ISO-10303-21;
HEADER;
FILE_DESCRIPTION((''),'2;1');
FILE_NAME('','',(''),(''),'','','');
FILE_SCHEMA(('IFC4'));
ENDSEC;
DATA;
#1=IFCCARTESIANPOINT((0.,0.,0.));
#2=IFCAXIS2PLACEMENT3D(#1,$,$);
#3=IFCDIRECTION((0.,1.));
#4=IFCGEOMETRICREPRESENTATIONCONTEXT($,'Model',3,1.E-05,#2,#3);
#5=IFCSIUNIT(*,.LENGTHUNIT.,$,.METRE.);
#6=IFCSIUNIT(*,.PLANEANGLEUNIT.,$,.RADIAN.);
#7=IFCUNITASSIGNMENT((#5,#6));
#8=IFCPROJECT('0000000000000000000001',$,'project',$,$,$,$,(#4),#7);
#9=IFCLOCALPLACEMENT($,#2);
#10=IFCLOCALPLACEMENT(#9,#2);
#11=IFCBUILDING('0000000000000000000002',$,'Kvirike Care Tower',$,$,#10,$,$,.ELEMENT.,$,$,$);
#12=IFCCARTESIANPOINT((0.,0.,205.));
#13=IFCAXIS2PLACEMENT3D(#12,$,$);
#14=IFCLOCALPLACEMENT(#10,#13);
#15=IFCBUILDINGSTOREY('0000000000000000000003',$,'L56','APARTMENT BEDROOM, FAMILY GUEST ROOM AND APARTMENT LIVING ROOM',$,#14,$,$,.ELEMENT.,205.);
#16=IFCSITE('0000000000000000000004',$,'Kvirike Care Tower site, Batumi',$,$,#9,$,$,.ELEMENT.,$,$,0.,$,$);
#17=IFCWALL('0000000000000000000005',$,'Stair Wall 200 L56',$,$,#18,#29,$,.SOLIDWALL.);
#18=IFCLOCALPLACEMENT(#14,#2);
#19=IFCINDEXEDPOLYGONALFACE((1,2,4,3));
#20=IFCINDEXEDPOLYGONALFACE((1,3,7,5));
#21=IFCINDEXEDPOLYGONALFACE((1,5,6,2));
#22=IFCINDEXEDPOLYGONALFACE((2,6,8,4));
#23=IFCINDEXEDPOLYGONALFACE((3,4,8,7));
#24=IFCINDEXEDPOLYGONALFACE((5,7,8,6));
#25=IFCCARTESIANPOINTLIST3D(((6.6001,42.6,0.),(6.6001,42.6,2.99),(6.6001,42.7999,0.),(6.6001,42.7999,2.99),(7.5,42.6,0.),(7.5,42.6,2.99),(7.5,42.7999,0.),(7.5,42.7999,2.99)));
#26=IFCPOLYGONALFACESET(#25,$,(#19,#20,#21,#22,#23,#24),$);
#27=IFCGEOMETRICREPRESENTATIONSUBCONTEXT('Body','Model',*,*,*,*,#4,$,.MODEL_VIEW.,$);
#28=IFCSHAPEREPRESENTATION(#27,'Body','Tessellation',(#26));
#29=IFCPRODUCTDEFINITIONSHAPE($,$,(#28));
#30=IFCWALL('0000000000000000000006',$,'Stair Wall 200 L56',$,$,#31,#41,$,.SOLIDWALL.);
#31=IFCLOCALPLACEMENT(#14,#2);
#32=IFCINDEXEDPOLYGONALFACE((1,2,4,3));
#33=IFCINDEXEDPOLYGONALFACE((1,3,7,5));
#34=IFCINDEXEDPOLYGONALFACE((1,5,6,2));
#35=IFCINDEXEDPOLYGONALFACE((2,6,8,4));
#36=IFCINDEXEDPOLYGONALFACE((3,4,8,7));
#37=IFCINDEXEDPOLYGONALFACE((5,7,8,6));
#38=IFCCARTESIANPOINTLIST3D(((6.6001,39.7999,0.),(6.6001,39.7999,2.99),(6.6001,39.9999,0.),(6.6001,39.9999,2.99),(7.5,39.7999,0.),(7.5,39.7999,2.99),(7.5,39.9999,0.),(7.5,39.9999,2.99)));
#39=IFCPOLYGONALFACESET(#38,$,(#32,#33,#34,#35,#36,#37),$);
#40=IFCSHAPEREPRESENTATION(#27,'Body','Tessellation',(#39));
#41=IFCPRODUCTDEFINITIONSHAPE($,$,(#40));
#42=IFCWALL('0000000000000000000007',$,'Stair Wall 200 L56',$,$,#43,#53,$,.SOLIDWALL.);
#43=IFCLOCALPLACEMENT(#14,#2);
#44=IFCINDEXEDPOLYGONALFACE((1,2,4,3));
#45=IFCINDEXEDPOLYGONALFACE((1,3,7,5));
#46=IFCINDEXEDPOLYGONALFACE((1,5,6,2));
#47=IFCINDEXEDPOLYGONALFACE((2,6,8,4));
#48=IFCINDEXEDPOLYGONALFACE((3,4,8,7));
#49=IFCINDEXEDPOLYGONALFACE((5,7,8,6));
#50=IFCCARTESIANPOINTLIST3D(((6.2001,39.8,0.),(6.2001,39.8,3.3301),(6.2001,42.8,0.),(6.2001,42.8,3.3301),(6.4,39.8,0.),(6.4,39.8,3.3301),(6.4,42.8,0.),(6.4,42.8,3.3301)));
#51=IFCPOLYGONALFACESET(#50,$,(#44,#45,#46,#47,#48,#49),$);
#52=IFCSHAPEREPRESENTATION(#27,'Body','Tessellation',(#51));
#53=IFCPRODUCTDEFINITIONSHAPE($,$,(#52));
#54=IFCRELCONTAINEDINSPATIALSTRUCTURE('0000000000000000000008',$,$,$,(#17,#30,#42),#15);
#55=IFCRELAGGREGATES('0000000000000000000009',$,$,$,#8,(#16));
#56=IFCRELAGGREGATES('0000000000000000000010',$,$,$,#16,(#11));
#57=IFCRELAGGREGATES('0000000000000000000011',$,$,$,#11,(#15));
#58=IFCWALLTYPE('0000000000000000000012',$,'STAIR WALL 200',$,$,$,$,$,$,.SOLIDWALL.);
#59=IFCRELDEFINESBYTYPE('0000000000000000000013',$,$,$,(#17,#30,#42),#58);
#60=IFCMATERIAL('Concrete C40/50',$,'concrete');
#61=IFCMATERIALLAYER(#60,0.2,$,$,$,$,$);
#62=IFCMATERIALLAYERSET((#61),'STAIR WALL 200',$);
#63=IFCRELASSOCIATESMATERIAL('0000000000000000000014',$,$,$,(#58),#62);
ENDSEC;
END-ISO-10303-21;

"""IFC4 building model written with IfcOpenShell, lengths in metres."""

from ifc_helpers import new_model, si_unit, direction, frame, frame_2d, origin, place, context, subcontext, project, spatial, rectangle, extrude, material, layer, layer_set, type_object, element, save


model = new_model("IFC4")

# Units and contexts
model_context = context("Model", 3, precision=1e-05, world=origin(), true_north=direction((0.0, 1.0)))
body_context = subcontext(model_context, "Body", "Model", "MODEL_VIEW")
ifc_project = project(units=[si_unit("LENGTHUNIT", "METRE"), si_unit("PLANEANGLEUNIT", "RADIAN")], contexts=[model_context])

# Site, building, storey
site_placement = place(None, origin())
site = spatial("IfcSite", under=ifc_project, at=site_placement, Name="Kvirike Care Tower site, Batumi", CompositionType="ELEMENT", RefElevation=0.0)
building_placement = place(site_placement, origin())
building = spatial("IfcBuilding", under=site, at=building_placement, Name="Kvirike Care Tower", CompositionType="ELEMENT")
storey_placement = place(building_placement, frame((0.0, 0.0, 205.0)))
storey = spatial("IfcBuildingStorey", under=building, at=storey_placement, Name="L56", Description="APARTMENT BEDROOM, FAMILY GUEST ROOM AND APARTMENT LIVING ROOM", CompositionType="ELEMENT", Elevation=205.0)

# Walls
ifc_material_1 = material(Name="Concrete C40/50", Category="concrete")
ifc_layer_1 = layer(ifc_material_1, 0.2)
ifc_layer_set_1 = layer_set([ifc_layer_1], Name="STAIR WALL 200")
wall_type = type_object("IfcWallType", Name="STAIR WALL 200", PredefinedType="SOLIDWALL", material=ifc_layer_set_1)
for number, where, z_axis, x_axis, name in (
    (1, (6.6001, 42.7, 0.0), (0.0, 0.0, 1.0), (1.0, 0.0, 0.0), "Stair Wall 200 L56"),
    (2, (6.6001, 39.8999, 0.0), (0.0, 0.0, 1.0), (1.0, 0.0, 0.0), "Stair Wall 200 L56"),
):
    element("IfcWall", number, at=place(storey_placement, frame(where, z_axis=z_axis, x_axis=x_axis)), inside=storey, type_object=wall_type, Name=name, PredefinedType="SOLIDWALL", context=body_context, shape_type="SweptSolid", body=[
        extrude(rectangle(XDim=0.8999, YDim=0.2, at=frame_2d((0.45, 0.0))), origin(), (0.0, 0.0, 1.0), 2.99),
    ])
wall_placement = place(storey_placement, frame((6.3, 42.8, 0.0), z_axis=(0.0, 0.0, 1.0), x_axis=(0.0, -1.0, 0.0)))
element("IfcWall", 3, at=wall_placement, inside=storey, type_object=wall_type, Name="Stair Wall 200 L56", PredefinedType="SOLIDWALL", context=body_context, shape_type="SweptSolid", body=[
    extrude(rectangle(XDim=3.0, YDim=0.2, at=frame_2d((1.5, 0.0))), origin(), (0.0, 0.0, 1.0), 3.3301),
])

save(model, "model.ifc")
